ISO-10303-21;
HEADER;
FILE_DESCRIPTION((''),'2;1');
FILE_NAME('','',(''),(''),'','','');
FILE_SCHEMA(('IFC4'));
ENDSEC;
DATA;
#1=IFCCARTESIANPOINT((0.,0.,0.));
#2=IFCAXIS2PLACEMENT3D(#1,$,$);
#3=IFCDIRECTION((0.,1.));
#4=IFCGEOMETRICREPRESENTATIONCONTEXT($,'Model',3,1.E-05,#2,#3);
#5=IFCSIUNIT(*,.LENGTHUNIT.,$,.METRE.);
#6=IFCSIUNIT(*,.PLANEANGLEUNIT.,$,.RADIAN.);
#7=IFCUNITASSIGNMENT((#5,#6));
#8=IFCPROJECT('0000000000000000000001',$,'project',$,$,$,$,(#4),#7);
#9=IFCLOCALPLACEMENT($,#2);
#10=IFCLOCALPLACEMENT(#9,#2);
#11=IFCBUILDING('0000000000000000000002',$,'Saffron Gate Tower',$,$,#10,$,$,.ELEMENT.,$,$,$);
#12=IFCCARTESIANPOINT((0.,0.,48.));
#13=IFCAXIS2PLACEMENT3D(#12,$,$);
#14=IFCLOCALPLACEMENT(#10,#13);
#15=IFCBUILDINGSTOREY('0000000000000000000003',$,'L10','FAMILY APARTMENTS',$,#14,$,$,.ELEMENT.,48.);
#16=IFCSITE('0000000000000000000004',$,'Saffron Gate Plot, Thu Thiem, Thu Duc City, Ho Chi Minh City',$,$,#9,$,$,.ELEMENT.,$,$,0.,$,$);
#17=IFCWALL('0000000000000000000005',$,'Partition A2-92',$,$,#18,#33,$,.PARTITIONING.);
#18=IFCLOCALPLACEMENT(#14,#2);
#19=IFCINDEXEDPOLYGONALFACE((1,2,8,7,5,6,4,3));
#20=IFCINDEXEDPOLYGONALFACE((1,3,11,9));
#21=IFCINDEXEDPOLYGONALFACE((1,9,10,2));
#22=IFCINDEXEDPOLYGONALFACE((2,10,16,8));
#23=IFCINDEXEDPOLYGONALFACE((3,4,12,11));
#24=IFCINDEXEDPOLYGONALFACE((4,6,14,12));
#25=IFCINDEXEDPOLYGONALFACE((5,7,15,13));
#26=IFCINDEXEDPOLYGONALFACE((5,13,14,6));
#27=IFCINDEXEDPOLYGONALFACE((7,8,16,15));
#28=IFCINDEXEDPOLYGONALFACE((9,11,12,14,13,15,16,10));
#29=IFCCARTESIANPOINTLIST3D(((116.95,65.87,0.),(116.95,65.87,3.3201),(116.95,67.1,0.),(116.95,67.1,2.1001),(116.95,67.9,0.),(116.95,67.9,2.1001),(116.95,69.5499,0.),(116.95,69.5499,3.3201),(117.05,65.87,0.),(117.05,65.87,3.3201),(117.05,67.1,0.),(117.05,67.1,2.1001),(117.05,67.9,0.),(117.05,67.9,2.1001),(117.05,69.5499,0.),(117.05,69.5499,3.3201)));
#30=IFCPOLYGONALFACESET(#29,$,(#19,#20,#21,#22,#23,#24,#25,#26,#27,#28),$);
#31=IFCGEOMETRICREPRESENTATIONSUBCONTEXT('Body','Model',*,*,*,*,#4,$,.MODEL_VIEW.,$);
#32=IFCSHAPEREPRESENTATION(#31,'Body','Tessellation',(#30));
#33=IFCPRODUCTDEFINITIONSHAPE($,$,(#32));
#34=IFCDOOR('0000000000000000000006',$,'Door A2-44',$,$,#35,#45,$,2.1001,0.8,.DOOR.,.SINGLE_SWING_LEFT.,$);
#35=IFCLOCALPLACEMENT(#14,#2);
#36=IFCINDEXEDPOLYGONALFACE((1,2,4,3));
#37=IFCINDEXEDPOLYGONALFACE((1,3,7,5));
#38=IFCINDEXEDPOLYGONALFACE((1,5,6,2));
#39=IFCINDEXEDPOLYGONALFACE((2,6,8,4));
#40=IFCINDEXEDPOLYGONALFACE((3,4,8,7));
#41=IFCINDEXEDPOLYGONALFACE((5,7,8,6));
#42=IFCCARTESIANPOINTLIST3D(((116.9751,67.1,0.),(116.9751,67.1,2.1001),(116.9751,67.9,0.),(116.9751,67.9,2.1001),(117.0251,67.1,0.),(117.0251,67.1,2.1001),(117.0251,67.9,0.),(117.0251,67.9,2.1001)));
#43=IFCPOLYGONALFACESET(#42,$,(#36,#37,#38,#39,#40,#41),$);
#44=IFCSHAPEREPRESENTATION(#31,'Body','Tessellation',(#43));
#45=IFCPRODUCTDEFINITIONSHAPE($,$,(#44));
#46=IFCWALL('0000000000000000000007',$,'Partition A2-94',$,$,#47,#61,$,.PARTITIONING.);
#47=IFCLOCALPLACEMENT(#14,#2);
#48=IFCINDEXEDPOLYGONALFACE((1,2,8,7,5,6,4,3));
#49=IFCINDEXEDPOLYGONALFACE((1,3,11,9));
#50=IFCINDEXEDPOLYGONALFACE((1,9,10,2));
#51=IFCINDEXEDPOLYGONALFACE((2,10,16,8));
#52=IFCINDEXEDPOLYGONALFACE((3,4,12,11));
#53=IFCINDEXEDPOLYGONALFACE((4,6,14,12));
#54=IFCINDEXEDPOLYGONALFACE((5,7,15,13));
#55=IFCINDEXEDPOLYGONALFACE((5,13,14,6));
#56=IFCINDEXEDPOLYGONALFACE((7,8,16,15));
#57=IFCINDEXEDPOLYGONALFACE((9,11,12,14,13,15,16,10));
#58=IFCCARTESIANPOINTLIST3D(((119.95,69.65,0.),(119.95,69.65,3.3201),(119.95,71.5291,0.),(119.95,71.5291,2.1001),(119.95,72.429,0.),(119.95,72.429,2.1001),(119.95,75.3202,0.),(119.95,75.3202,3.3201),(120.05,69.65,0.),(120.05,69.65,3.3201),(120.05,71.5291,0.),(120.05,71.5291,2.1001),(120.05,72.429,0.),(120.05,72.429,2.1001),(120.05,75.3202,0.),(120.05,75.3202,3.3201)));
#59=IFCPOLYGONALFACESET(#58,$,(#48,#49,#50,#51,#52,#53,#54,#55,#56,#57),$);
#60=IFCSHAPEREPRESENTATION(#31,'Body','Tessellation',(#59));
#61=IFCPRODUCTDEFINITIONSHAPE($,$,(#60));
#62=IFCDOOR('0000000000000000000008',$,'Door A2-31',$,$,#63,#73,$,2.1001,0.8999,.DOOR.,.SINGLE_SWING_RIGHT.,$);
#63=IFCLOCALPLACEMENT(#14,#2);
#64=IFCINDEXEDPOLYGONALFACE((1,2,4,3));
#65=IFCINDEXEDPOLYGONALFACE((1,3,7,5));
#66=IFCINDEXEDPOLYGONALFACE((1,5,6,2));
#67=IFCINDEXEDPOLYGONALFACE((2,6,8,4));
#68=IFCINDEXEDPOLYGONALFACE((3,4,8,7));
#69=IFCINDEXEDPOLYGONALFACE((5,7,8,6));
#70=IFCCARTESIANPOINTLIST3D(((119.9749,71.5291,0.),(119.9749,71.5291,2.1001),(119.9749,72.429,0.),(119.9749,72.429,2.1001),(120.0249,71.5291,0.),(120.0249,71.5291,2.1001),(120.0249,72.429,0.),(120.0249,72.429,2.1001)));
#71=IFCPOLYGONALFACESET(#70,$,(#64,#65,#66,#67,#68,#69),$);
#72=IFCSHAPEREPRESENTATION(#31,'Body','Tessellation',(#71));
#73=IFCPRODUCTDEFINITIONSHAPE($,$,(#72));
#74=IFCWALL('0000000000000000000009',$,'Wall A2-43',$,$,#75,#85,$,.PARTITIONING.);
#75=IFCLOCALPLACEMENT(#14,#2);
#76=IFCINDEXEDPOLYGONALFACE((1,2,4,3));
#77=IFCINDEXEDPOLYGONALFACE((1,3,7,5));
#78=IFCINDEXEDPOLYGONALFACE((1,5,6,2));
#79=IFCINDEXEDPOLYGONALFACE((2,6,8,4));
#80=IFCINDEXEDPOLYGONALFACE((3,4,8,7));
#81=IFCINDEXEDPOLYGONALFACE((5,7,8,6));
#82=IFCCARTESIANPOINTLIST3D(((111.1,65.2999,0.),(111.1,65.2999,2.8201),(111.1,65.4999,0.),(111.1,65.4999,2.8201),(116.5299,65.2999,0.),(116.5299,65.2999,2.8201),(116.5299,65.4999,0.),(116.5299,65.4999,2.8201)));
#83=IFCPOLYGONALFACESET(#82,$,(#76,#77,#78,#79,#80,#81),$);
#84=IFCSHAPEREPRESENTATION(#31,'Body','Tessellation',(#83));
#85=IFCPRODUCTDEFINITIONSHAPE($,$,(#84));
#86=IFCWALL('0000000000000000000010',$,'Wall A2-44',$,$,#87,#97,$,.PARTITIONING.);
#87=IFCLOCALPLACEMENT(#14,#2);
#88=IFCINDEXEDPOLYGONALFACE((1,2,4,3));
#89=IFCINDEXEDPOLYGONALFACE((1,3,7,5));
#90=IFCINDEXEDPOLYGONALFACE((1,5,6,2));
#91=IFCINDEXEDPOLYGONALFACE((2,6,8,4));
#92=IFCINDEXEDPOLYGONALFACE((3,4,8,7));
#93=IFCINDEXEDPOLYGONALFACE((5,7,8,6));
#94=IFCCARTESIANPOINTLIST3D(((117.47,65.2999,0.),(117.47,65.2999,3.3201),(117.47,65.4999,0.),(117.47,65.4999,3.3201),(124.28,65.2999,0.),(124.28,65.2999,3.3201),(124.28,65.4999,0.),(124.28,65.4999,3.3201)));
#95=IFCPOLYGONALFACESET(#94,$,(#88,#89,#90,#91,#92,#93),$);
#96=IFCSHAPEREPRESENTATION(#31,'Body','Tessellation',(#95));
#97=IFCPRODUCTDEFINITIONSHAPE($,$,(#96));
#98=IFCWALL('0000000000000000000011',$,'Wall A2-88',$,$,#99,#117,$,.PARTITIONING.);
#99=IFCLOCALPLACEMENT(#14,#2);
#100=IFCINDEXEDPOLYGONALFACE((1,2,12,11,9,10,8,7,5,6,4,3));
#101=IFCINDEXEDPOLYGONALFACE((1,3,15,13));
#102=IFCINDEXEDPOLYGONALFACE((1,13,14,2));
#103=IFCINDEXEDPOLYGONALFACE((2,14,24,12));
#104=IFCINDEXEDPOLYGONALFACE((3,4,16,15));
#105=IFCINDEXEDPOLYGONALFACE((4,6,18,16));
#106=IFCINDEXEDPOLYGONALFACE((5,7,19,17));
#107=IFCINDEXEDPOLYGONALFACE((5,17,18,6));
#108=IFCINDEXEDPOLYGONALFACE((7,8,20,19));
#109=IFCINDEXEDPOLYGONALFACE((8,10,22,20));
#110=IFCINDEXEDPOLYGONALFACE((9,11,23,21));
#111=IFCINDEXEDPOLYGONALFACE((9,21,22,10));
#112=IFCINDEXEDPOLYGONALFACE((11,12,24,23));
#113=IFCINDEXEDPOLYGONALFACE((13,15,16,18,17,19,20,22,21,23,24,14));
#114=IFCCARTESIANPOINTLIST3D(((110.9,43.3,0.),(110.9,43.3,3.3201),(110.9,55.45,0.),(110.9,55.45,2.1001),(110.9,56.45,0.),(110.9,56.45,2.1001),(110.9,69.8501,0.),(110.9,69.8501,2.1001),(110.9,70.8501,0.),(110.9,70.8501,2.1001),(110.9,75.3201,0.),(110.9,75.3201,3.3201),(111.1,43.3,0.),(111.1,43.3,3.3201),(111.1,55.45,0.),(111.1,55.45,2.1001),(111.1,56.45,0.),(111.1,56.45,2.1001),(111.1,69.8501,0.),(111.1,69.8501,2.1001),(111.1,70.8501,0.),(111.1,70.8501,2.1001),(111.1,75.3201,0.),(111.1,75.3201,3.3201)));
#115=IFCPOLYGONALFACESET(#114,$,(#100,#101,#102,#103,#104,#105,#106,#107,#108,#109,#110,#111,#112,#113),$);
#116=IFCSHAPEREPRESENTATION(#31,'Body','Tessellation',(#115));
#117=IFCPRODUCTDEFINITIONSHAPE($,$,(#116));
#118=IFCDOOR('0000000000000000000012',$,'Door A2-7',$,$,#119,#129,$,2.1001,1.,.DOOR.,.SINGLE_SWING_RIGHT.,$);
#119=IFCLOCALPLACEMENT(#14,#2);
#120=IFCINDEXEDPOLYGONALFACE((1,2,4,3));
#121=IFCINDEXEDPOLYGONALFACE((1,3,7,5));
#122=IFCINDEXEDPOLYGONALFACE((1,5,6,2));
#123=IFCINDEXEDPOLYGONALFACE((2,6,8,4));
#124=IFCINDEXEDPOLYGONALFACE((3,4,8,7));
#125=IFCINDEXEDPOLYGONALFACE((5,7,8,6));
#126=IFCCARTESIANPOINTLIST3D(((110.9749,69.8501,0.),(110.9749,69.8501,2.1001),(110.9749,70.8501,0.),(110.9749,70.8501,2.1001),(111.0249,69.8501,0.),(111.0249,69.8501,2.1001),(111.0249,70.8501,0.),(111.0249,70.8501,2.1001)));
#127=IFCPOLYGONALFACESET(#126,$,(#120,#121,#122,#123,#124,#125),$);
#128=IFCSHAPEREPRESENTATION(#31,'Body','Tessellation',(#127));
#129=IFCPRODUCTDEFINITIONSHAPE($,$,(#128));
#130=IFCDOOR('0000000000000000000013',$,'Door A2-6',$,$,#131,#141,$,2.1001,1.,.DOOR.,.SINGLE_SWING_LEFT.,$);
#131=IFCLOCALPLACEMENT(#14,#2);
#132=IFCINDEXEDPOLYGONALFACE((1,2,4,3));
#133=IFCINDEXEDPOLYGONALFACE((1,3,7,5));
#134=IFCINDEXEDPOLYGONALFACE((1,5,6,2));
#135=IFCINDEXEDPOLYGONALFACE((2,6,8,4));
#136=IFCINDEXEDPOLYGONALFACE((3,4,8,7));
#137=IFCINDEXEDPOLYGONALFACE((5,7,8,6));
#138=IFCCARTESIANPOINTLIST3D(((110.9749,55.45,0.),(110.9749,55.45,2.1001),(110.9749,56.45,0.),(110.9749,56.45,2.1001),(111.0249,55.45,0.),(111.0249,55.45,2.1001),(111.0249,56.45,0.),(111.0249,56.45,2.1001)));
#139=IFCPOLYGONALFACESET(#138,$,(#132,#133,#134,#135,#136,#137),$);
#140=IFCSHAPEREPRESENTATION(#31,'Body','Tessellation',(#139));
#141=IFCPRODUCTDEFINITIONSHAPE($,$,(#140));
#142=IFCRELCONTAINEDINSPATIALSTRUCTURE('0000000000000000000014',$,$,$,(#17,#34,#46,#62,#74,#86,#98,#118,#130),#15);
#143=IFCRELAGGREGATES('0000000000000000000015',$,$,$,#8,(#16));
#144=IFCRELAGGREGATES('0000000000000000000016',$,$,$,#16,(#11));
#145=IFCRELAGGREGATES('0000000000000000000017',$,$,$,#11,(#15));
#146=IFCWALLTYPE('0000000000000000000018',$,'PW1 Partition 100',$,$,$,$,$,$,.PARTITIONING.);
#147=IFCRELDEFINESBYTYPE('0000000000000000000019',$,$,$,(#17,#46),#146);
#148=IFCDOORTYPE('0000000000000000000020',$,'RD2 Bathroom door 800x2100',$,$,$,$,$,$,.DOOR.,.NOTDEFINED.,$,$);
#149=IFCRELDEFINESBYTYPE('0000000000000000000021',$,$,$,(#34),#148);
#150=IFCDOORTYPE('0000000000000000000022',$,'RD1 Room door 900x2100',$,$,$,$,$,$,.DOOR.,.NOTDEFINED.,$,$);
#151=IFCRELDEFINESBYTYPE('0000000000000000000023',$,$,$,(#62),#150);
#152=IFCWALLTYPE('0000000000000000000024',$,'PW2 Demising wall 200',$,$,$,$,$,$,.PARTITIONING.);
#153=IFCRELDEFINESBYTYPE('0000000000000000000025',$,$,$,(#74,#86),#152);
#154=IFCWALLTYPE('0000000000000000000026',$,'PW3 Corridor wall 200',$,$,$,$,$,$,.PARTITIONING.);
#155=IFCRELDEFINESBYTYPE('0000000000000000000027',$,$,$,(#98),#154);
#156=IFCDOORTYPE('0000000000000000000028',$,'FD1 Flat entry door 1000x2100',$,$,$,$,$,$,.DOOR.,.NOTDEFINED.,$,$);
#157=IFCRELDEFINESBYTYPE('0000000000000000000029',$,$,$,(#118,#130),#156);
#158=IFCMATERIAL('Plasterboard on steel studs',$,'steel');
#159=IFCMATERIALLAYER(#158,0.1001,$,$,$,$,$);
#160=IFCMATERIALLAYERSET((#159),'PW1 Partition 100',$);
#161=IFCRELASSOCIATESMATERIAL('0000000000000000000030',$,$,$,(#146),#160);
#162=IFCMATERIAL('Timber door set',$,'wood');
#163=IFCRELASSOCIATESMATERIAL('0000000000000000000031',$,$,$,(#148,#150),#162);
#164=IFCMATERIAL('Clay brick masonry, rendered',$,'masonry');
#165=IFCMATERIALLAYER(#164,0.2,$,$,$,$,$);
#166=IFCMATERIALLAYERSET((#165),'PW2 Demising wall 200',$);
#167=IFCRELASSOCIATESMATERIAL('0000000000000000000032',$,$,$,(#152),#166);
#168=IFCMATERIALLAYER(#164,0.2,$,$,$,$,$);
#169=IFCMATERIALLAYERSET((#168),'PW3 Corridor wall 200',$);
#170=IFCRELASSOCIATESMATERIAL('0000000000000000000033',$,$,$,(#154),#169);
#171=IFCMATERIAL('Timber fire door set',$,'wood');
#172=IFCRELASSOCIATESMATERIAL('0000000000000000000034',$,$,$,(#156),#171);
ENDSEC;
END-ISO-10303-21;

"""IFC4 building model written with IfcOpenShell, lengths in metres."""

from ifc_helpers import new_model, si_unit, direction, frame, frame_2d, origin, place, context, subcontext, project, spatial, rectangle, extrude, material, layer, layer_set, type_object, element, fill, save


model = new_model("IFC4")

# Units and contexts
model_context = context("Model", 3, precision=1e-05, world=origin(), true_north=direction((0.0, 1.0)))
body_context = subcontext(model_context, "Body", "Model", "MODEL_VIEW")
ifc_project = project(units=[si_unit("LENGTHUNIT", "METRE"), si_unit("PLANEANGLEUNIT", "RADIAN")], contexts=[model_context])

# Site, building, storey
site_placement = place(None, origin())
site = spatial("IfcSite", under=ifc_project, at=site_placement, Name="Saffron Gate Plot, Thu Thiem, Thu Duc City, Ho Chi Minh City", CompositionType="ELEMENT", RefElevation=0.0)
building_placement = place(site_placement, origin())
building = spatial("IfcBuilding", under=site, at=building_placement, Name="Saffron Gate Tower", CompositionType="ELEMENT")
storey_placement = place(building_placement, frame((0.0, 0.0, 48.0)))
storey = spatial("IfcBuildingStorey", under=building, at=storey_placement, Name="L10", Description="FAMILY APARTMENTS", CompositionType="ELEMENT", Elevation=48.0)

# Shared definitions
ifc_material_1 = material(Name="Plasterboard on steel studs", Category="steel")
ifc_layer_1 = layer(ifc_material_1, 0.1001)
ifc_layer_set_1 = layer_set([ifc_layer_1], Name="PW1 Partition 100")
wall_type_1 = type_object("IfcWallType", Name="PW1 Partition 100", PredefinedType="PARTITIONING", material=ifc_layer_set_1)

# Walls, openings, doors
wall_1_placement = place(storey_placement, frame((117.0, 65.8701, 0.0), z_axis=(0.0, 0.0, 1.0), x_axis=(0.0, 1.0, 0.0)))
wall_1 = element("IfcWall", 1, at=wall_1_placement, inside=storey, type_object=wall_type_1, Name="Partition A2-92", PredefinedType="PARTITIONING", context=body_context, shape_type="SweptSolid", body=[
    extrude(rectangle(XDim=3.6799, YDim=0.1001, at=frame_2d((1.8398, 0.0))), origin(), (0.0, 0.0, 1.0), 3.3201),
])
opening_1_placement = place(wall_1_placement, frame((1.23, 0.0, 0.0)))
opening_1 = element("IfcOpeningElement", 2, at=opening_1_placement, cuts=wall_1, PredefinedType="OPENING", context=body_context, shape_type="SweptSolid", body=[
    extrude(rectangle(XDim=0.8, YDim=2.1001, at=frame_2d((0.3999, 1.05))), frame((0.0, 0.0601, 0.0), z_axis=(0.0, -1.0, 0.0), x_axis=(1.0, 0.0, 0.0)), (0.0, 0.0, 1.0), 0.1201),
])
ifc_material_2 = material(Name="Timber door set", Category="wood")
door_type_1 = type_object("IfcDoorType", Name="RD2 Bathroom door 800x2100", OperationType="NOTDEFINED", PredefinedType="DOOR", material=ifc_material_2)
door_1_placement = place(opening_1_placement, origin())
door_1 = element("IfcDoor", 3, at=door_1_placement, inside=storey, type_object=door_type_1, Name="Door A2-44", OperationType="SINGLE_SWING_LEFT", OverallHeight=2.1001, OverallWidth=0.8, PredefinedType="DOOR", context=body_context, shape_type="SweptSolid", body=[
    extrude(rectangle(XDim=0.8, YDim=2.1001, at=frame_2d((0.3999, 1.05))), frame((0.0, 0.0249, 0.0), z_axis=(0.0, -1.0, 0.0), x_axis=(1.0, 0.0, 0.0)), (0.0, 0.0, 1.0), 0.05),
])
fill(opening_1, door_1)
wall_2_placement = place(storey_placement, frame((120.0, 75.3201, 0.0), z_axis=(0.0, 0.0, 1.0), x_axis=(0.0, -1.0, 0.0)))
wall_2 = element("IfcWall", 4, at=wall_2_placement, inside=storey, type_object=wall_type_1, Name="Partition A2-94", PredefinedType="PARTITIONING", context=body_context, shape_type="SweptSolid", body=[
    extrude(rectangle(XDim=5.6702, YDim=0.1001, at=frame_2d((2.835, 0.0))), origin(), (0.0, 0.0, 1.0), 3.3201),
])
opening_2_placement = place(wall_2_placement, frame((2.8911, 0.0, 0.0)))
opening_2 = element("IfcOpeningElement", 5, at=opening_2_placement, cuts=wall_2, PredefinedType="OPENING", context=body_context, shape_type="SweptSolid", body=[
    extrude(rectangle(XDim=0.8999, YDim=2.1001, at=frame_2d((0.45, 1.05))), frame((0.0, 0.0601, 0.0), z_axis=(0.0, -1.0, 0.0), x_axis=(1.0, 0.0, 0.0)), (0.0, 0.0, 1.0), 0.1201),
])
door_type_2 = type_object("IfcDoorType", Name="RD1 Room door 900x2100", OperationType="NOTDEFINED", PredefinedType="DOOR", material=ifc_material_2)
door_2_placement = place(opening_2_placement, origin())
door_2 = element("IfcDoor", 6, at=door_2_placement, inside=storey, type_object=door_type_2, Name="Door A2-31", OperationType="SINGLE_SWING_RIGHT", OverallHeight=2.1001, OverallWidth=0.8999, PredefinedType="DOOR", context=body_context, shape_type="SweptSolid", body=[
    extrude(rectangle(XDim=0.8999, YDim=2.1001, at=frame_2d((0.45, 1.05))), frame((0.0, 0.0249, 0.0), z_axis=(0.0, -1.0, 0.0), x_axis=(1.0, 0.0, 0.0)), (0.0, 0.0, 1.0), 0.05),
])
fill(opening_2, door_2)

# Walls
ifc_material_3 = material(Name="Clay brick masonry, rendered", Category="masonry")
ifc_layer_2 = layer(ifc_material_3, 0.2)
ifc_layer_set_2 = layer_set([ifc_layer_2], Name="PW2 Demising wall 200")
wall_type_2 = type_object("IfcWallType", Name="PW2 Demising wall 200", PredefinedType="PARTITIONING", material=ifc_layer_set_2)
wall_3_placement = place(storey_placement, frame((111.1001, 65.3999, 0.0), z_axis=(0.0, 0.0, 1.0), x_axis=(1.0, 0.0, 0.0)))
element("IfcWall", 7, at=wall_3_placement, inside=storey, type_object=wall_type_2, Name="Wall A2-43", PredefinedType="PARTITIONING", context=body_context, shape_type="SweptSolid", body=[
    extrude(rectangle(XDim=5.4299, YDim=0.2, at=frame_2d((2.7148, 0.0))), origin(), (0.0, 0.0, 1.0), 2.8201),
])
wall_4_placement = place(storey_placement, frame((117.47, 65.3999, 0.0), z_axis=(0.0, 0.0, 1.0), x_axis=(1.0, 0.0, 0.0)))
element("IfcWall", 8, at=wall_4_placement, inside=storey, type_object=wall_type_2, Name="Wall A2-44", PredefinedType="PARTITIONING", context=body_context, shape_type="SweptSolid", body=[
    extrude(rectangle(XDim=6.8101, YDim=0.2, at=frame_2d((3.405, 0.0))), origin(), (0.0, 0.0, 1.0), 3.3201),
])

# Wall, openings, doors
ifc_layer_3 = layer(ifc_material_3, 0.2)
ifc_layer_set_3 = layer_set([ifc_layer_3], Name="PW3 Corridor wall 200")
wall_type_3 = type_object("IfcWallType", Name="PW3 Corridor wall 200", PredefinedType="PARTITIONING", material=ifc_layer_set_3)
wall_5_placement = place(storey_placement, frame((111.0, 75.3201, 0.0), z_axis=(0.0, 0.0, 1.0), x_axis=(0.0, -1.0, 0.0)))
wall_5 = element("IfcWall", 9, at=wall_5_placement, inside=storey, type_object=wall_type_3, Name="Wall A2-88", PredefinedType="PARTITIONING", context=body_context, shape_type="SweptSolid", body=[
    extrude(rectangle(XDim=32.02, YDim=0.2, at=frame_2d((16.01, 0.0))), origin(), (0.0, 0.0, 1.0), 3.3201),
])
opening_3_placement = place(wall_5_placement, frame((4.47, 0.0, 0.0)))
opening_3 = element("IfcOpeningElement", 10, at=opening_3_placement, cuts=wall_5, PredefinedType="OPENING", context=body_context, shape_type="SweptSolid", body=[
    extrude(rectangle(XDim=1.0, YDim=2.1001, at=frame_2d((0.5, 1.05))), frame((0.0, 0.1099, 0.0), z_axis=(0.0, -1.0, 0.0), x_axis=(1.0, 0.0, 0.0)), (0.0, 0.0, 1.0), 0.22),
])
opening_4_placement = place(wall_5_placement, frame((18.8701, 0.0, 0.0)))
opening_4 = element("IfcOpeningElement", 11, at=opening_4_placement, cuts=wall_5, PredefinedType="OPENING", context=body_context, shape_type="SweptSolid", body=[
    extrude(rectangle(XDim=1.0, YDim=2.1001, at=frame_2d((0.5, 1.05))), frame((0.0, 0.1099, 0.0), z_axis=(0.0, -1.0, 0.0), x_axis=(1.0, 0.0, 0.0)), (0.0, 0.0, 1.0), 0.22),
])
ifc_material_4 = material(Name="Timber fire door set", Category="wood")
door_type_3 = type_object("IfcDoorType", Name="FD1 Flat entry door 1000x2100", OperationType="NOTDEFINED", PredefinedType="DOOR", material=ifc_material_4)
door_3_placement = place(opening_3_placement, origin())
door_3 = element("IfcDoor", 12, at=door_3_placement, inside=storey, type_object=door_type_3, Name="Door A2-7", OperationType="SINGLE_SWING_RIGHT", OverallHeight=2.1001, OverallWidth=1.0, PredefinedType="DOOR", context=body_context, shape_type="SweptSolid", body=[
    extrude(rectangle(XDim=1.0, YDim=2.1001, at=frame_2d((0.5, 1.05))), frame((0.0, 0.0249, 0.0), z_axis=(0.0, -1.0, 0.0), x_axis=(1.0, 0.0, 0.0)), (0.0, 0.0, 1.0), 0.05),
])
fill(opening_3, door_3)
door_4_placement = place(opening_4_placement, origin())
door_4 = element("IfcDoor", 13, at=door_4_placement, inside=storey, type_object=door_type_3, Name="Door A2-6", OperationType="SINGLE_SWING_LEFT", OverallHeight=2.1001, OverallWidth=1.0, PredefinedType="DOOR", context=body_context, shape_type="SweptSolid", body=[
    extrude(rectangle(XDim=1.0, YDim=2.1001, at=frame_2d((0.5, 1.05))), frame((0.0, 0.0249, 0.0), z_axis=(0.0, -1.0, 0.0), x_axis=(1.0, 0.0, 0.0)), (0.0, 0.0, 1.0), 0.05),
])
fill(opening_4, door_4)

save(model, "model.ifc")
